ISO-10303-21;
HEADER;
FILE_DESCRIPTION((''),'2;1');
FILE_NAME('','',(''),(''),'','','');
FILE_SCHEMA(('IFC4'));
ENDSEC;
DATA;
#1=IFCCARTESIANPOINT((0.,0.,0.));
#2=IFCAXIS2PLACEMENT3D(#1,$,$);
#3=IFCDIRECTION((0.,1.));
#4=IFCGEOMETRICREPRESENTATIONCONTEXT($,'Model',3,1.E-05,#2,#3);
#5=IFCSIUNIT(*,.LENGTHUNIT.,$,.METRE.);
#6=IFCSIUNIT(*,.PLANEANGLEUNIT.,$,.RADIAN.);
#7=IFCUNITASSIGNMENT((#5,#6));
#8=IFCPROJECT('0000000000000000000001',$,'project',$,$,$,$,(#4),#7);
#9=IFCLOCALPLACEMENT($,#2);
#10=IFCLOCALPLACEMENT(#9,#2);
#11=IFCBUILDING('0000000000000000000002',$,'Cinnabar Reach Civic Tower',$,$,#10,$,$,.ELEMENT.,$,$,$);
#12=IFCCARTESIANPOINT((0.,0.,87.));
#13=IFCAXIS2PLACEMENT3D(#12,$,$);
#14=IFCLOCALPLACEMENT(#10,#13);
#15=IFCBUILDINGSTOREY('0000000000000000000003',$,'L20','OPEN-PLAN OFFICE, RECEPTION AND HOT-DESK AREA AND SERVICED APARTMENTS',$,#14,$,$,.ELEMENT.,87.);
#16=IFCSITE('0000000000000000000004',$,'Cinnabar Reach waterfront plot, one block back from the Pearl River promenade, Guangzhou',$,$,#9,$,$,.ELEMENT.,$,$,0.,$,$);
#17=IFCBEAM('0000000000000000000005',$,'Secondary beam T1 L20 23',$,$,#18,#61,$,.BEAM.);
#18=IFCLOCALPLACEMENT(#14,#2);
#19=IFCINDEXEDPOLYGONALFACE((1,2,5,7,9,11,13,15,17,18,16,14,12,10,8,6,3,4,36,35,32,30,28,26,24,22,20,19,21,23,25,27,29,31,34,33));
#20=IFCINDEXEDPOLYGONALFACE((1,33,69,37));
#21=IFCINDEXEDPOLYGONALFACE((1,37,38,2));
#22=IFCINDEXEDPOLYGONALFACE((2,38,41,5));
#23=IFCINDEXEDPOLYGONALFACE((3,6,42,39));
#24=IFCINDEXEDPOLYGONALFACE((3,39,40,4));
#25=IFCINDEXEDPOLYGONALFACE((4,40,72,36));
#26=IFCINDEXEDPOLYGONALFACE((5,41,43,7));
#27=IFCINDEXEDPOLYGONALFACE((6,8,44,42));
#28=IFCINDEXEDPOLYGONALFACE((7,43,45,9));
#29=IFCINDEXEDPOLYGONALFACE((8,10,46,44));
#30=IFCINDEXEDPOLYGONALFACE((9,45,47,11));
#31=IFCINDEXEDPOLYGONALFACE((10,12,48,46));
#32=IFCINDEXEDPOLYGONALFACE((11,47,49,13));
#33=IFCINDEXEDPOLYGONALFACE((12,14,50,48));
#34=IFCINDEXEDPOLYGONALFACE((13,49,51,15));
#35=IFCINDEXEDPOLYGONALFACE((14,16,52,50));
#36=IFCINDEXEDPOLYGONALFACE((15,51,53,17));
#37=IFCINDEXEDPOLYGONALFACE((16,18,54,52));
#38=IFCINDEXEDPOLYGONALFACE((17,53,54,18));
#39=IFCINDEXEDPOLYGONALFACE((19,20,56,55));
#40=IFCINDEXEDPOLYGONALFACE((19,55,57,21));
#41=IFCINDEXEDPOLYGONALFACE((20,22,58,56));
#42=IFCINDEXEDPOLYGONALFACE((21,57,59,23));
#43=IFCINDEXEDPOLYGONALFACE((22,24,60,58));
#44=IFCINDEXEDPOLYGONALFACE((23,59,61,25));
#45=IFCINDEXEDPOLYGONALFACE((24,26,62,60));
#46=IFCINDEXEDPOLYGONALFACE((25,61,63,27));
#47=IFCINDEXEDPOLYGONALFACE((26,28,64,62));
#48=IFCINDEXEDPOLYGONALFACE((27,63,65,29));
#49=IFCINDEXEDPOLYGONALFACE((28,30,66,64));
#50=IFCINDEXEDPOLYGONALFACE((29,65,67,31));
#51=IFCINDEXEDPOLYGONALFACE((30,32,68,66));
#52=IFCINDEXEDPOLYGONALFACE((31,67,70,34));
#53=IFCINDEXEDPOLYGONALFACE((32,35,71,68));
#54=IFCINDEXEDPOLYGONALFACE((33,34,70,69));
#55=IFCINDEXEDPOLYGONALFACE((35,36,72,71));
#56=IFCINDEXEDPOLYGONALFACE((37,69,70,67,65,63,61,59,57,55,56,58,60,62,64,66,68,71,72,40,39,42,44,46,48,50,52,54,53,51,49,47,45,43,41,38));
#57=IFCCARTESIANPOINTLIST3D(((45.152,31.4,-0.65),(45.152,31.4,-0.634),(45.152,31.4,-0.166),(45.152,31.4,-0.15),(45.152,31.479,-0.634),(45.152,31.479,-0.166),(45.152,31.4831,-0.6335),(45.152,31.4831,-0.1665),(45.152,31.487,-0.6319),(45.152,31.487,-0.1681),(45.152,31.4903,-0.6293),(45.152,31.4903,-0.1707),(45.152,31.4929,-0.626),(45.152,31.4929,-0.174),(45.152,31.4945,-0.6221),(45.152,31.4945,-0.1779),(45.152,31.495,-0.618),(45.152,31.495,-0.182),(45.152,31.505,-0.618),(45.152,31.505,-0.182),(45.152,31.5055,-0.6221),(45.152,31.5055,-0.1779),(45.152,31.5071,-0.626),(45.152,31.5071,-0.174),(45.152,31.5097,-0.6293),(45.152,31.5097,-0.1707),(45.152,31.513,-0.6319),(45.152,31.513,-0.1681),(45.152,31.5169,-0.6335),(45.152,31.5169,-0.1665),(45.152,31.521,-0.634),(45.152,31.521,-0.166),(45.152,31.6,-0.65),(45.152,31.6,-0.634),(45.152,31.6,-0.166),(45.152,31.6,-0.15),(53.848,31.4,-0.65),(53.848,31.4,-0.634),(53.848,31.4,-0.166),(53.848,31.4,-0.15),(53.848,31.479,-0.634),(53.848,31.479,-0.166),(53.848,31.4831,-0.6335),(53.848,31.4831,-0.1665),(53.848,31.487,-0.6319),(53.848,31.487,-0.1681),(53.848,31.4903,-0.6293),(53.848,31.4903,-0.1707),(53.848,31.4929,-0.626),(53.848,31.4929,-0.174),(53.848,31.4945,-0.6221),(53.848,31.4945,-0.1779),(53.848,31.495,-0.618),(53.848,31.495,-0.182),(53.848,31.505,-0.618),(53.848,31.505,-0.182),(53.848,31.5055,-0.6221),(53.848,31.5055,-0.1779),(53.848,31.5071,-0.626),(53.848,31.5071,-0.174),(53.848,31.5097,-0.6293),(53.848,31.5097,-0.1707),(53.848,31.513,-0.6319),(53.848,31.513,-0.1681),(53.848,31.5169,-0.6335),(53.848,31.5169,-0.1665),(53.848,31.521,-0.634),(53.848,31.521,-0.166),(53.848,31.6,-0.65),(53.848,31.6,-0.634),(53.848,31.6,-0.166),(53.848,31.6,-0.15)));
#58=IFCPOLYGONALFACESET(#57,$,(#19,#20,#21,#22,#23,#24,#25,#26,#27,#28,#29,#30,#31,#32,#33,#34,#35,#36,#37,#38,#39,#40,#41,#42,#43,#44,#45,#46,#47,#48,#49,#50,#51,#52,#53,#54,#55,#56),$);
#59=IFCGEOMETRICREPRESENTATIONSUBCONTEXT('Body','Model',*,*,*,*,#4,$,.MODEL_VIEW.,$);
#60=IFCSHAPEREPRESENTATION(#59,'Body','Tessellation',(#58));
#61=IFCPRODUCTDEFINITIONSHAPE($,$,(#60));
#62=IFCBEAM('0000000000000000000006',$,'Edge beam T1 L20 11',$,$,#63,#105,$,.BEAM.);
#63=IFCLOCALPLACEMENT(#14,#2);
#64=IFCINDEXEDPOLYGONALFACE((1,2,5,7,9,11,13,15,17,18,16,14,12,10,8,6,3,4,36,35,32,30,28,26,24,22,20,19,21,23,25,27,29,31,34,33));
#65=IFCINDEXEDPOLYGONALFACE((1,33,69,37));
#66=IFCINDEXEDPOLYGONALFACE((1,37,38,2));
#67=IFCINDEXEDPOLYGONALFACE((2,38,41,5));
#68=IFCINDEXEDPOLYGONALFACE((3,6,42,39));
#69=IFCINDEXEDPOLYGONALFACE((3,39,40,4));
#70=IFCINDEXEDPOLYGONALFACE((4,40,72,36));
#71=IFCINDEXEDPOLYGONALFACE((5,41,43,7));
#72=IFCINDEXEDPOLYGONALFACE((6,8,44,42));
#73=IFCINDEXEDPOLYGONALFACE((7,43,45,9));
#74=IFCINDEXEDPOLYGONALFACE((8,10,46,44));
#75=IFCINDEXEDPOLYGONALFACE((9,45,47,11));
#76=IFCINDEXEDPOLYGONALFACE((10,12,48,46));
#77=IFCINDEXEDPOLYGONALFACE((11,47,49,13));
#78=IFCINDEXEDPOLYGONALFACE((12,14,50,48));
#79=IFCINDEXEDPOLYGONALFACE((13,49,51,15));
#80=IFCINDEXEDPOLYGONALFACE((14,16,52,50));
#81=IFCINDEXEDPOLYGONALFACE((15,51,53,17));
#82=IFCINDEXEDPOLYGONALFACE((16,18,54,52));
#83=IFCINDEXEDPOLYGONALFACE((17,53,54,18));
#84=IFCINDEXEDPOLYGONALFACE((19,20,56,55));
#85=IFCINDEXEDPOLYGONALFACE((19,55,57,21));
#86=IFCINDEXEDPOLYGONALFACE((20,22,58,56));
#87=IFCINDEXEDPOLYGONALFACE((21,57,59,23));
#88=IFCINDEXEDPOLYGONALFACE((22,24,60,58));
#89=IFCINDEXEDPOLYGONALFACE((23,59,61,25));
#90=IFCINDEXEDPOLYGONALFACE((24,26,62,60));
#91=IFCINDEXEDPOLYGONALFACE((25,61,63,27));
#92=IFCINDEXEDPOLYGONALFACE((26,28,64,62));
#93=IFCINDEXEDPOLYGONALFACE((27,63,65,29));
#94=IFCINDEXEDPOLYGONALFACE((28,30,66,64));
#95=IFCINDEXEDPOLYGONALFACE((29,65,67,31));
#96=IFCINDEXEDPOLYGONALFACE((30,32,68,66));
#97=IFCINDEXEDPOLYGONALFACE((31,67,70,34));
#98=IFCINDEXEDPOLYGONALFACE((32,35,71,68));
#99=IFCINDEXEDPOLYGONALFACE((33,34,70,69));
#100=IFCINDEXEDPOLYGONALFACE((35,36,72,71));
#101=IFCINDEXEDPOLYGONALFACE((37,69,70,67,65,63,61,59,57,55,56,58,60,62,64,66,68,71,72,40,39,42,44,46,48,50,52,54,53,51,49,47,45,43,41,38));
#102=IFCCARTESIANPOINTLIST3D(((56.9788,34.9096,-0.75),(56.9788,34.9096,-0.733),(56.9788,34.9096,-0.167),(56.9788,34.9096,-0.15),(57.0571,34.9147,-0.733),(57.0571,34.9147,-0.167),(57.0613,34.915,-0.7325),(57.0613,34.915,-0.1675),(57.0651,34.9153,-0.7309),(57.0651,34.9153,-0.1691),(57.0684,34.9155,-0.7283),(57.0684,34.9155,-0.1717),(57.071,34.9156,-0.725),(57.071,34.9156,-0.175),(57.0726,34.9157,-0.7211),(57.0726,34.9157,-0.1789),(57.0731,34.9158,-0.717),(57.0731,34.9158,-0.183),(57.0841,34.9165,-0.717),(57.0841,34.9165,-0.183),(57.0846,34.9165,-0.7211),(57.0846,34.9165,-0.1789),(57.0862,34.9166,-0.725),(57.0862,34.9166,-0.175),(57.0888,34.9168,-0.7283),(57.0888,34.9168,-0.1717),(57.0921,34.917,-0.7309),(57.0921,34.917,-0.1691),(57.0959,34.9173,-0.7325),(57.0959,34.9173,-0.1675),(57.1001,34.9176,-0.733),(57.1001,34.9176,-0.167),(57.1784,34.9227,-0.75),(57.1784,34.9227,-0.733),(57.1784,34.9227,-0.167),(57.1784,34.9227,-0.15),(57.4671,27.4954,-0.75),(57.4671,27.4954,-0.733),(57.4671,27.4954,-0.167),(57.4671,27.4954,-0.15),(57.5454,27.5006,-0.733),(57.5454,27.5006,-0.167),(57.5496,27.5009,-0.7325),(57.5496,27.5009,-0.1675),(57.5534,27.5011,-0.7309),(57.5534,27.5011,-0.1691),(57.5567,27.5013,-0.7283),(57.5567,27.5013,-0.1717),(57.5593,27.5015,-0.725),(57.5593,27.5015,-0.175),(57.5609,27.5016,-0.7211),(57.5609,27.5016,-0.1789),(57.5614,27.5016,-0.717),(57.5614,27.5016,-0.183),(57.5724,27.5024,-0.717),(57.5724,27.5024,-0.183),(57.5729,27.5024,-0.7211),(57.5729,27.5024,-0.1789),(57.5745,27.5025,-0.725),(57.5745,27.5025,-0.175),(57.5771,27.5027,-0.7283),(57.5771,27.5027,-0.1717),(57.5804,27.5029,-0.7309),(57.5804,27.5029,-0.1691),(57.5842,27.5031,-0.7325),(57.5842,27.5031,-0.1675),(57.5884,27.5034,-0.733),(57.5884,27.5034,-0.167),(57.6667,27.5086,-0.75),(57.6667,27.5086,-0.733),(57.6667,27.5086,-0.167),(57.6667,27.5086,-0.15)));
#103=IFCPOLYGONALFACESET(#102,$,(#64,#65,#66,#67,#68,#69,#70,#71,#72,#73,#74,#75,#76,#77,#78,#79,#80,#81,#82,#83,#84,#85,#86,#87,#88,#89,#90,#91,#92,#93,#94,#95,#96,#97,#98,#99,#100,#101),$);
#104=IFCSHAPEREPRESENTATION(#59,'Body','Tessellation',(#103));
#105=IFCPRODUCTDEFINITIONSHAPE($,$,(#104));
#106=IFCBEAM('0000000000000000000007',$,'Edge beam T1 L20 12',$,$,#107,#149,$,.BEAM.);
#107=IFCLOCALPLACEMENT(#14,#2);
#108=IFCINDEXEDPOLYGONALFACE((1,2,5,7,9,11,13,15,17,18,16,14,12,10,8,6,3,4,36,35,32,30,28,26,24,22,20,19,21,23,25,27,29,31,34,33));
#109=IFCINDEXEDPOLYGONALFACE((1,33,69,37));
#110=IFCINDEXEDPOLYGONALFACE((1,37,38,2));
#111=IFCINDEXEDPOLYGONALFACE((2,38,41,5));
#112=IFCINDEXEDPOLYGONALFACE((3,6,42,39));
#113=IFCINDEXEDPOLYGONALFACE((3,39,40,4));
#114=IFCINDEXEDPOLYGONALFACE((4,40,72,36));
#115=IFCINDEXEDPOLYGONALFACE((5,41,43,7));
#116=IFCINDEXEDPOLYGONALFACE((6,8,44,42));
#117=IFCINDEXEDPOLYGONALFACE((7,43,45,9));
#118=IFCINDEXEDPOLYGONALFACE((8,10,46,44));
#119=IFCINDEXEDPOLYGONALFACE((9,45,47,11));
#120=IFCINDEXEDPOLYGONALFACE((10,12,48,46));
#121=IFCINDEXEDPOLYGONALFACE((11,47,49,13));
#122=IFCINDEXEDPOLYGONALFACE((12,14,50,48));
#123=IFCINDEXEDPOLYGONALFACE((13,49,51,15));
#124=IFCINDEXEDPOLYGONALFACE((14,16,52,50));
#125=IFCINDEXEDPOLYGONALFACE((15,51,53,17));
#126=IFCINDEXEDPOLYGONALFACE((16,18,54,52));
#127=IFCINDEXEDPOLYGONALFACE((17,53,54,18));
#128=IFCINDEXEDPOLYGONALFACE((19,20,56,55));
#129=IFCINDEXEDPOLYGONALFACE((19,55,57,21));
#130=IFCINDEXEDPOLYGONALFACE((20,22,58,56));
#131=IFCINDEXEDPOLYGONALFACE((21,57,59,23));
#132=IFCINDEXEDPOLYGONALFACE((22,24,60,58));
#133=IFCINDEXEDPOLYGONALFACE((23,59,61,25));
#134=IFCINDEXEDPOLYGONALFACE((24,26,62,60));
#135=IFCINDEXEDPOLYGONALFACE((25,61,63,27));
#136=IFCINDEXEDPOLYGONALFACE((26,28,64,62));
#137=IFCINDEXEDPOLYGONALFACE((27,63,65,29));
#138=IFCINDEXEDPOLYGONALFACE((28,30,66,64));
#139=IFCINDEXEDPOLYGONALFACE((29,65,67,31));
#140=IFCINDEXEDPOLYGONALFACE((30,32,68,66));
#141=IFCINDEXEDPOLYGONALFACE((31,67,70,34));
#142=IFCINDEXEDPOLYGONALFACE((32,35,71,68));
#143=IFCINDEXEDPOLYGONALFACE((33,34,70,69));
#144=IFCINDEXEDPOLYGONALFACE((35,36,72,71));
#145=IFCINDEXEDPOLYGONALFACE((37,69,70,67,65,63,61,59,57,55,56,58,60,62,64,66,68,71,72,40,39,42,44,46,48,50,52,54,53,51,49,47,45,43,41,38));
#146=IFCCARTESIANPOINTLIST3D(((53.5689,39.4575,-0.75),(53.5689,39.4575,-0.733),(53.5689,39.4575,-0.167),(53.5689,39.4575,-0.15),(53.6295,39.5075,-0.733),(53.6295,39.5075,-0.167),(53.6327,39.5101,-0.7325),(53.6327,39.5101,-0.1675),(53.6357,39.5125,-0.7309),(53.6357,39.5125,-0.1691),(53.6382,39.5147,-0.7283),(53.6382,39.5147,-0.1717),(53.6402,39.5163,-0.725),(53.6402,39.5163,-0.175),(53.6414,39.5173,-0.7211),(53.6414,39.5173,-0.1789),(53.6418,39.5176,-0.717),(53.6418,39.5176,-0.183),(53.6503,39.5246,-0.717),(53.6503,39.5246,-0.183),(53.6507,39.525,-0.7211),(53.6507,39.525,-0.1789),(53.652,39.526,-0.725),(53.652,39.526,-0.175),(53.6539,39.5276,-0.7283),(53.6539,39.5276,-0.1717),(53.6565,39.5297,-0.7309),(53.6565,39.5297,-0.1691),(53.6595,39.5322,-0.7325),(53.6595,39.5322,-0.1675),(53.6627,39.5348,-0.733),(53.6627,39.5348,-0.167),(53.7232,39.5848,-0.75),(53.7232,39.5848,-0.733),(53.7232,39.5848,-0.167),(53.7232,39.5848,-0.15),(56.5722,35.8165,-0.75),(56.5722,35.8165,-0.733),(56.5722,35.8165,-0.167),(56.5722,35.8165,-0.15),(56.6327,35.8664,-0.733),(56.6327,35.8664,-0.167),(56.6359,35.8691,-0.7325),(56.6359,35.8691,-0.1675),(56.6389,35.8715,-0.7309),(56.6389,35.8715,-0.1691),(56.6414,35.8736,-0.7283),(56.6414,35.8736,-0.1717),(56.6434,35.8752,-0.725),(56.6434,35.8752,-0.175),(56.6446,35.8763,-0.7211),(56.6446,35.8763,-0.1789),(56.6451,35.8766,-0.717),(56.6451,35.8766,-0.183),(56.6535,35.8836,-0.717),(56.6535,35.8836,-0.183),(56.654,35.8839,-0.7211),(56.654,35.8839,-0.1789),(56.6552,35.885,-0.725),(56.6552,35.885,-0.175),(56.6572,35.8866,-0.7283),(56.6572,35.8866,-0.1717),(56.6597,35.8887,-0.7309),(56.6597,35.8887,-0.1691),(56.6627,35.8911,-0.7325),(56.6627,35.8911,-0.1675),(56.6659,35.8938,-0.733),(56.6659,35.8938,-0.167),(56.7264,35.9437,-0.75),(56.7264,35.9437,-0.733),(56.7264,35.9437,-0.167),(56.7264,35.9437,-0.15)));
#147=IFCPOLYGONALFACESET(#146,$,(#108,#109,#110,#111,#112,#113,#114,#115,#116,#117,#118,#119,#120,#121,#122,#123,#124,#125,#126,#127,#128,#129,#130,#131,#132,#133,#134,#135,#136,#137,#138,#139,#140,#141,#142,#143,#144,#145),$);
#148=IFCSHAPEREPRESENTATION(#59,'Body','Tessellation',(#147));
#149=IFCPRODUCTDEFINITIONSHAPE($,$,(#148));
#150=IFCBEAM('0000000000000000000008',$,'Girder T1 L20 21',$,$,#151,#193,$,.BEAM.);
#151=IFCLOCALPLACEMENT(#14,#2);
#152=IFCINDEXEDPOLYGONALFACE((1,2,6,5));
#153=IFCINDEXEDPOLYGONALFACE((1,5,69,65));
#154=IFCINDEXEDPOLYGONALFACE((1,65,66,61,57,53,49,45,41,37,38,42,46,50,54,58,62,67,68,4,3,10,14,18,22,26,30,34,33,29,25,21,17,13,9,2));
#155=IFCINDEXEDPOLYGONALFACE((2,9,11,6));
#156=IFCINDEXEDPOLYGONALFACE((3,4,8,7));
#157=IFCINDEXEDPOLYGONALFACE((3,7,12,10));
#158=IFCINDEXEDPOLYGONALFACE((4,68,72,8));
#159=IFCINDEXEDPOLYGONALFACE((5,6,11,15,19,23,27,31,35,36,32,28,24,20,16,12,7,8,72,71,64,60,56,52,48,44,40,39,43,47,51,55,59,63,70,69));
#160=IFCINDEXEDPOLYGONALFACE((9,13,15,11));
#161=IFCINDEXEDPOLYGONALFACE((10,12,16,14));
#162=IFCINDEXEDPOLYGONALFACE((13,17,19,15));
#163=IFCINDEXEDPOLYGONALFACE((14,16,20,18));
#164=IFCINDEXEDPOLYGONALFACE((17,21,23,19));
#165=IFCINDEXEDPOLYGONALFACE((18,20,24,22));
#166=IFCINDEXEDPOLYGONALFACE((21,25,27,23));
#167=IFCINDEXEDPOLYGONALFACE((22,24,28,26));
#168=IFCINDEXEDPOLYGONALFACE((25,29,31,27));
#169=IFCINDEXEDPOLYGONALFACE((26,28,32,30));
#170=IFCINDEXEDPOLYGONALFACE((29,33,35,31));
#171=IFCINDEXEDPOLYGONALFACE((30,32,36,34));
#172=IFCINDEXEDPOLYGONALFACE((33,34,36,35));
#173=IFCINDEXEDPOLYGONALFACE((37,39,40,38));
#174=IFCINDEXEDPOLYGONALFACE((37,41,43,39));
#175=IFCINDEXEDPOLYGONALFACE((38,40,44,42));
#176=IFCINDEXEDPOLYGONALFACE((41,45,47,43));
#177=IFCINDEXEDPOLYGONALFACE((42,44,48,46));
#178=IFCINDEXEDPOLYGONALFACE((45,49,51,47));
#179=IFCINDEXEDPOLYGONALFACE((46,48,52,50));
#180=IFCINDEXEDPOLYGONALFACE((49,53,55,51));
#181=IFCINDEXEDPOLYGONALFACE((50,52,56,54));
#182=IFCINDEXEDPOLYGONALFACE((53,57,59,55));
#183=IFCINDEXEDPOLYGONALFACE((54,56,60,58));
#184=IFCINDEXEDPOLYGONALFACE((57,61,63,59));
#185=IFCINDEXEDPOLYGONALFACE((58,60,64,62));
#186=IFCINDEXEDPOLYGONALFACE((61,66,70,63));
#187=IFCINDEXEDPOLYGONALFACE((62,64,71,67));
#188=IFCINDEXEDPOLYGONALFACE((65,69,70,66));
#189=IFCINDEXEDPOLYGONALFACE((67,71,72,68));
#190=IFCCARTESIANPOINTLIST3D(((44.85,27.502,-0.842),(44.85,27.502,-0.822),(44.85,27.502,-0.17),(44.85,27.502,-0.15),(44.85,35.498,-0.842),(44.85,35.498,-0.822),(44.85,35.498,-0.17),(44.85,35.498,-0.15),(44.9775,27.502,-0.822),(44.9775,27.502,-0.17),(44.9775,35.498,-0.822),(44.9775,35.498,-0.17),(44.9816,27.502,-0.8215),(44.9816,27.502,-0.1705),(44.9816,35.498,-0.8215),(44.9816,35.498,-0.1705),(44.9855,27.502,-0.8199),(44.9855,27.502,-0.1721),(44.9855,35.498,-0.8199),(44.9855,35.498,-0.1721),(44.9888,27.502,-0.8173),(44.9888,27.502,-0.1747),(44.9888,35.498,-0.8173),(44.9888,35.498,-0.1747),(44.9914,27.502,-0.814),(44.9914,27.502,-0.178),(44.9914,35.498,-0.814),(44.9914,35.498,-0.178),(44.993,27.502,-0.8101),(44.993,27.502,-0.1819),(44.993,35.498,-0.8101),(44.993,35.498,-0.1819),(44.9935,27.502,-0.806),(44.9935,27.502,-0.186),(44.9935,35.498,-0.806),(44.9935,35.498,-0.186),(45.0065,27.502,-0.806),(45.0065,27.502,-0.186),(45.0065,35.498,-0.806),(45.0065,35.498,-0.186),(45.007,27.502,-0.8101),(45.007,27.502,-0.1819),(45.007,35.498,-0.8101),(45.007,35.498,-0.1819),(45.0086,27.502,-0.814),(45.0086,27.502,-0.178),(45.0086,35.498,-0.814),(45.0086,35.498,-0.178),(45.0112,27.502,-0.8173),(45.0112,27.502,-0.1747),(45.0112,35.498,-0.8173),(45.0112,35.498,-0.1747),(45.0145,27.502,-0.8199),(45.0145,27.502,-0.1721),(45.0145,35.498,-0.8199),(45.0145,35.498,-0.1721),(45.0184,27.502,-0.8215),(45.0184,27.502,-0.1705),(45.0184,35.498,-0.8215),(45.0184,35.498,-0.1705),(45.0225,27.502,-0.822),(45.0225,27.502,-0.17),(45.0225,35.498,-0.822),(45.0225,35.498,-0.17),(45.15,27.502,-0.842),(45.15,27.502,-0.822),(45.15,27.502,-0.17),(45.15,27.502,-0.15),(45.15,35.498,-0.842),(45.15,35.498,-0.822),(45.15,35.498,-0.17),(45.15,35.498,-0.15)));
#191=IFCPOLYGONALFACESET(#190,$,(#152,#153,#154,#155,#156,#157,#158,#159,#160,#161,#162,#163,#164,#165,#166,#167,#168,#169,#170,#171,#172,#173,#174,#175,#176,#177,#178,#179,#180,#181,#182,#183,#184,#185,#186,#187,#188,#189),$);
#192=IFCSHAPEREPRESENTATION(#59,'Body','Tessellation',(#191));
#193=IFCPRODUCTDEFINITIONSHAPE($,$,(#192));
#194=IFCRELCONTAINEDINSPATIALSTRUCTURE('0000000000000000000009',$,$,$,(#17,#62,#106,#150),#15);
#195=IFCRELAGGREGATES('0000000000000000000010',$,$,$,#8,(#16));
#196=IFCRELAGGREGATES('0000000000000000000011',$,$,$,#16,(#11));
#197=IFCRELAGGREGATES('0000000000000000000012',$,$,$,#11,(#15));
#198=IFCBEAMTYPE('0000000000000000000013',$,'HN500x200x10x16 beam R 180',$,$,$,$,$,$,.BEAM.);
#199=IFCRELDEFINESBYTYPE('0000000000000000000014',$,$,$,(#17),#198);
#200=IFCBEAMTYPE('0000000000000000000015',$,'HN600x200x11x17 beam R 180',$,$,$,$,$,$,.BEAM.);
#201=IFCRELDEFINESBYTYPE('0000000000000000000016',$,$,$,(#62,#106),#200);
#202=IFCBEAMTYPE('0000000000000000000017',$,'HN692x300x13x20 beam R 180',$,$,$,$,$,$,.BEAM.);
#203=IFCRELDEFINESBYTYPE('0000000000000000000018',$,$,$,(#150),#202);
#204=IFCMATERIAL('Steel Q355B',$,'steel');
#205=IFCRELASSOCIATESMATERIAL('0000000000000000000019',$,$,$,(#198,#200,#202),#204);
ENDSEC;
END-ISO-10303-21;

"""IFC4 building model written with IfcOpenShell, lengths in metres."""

from ifc_helpers import new_model, si_unit, direction, frame, origin, origin_2d, place, context, subcontext, project, spatial, i_section, extrude, material, material_profile, profile_set, type_object, element, save


model = new_model("IFC4")

# Units and contexts
model_context = context("Model", 3, precision=1e-05, world=origin(), true_north=direction((0.0, 1.0)))
body_context = subcontext(model_context, "Body", "Model", "MODEL_VIEW")
ifc_project = project(units=[si_unit("LENGTHUNIT", "METRE"), si_unit("PLANEANGLEUNIT", "RADIAN")], contexts=[model_context])

# Site, building, storey
site_placement = place(None, origin())
site = spatial("IfcSite", under=ifc_project, at=site_placement, Name="Cinnabar Reach waterfront plot, one block back from the Pearl River promenade, Guangzhou", CompositionType="ELEMENT", RefElevation=0.0)
building_placement = place(site_placement, origin())
building = spatial("IfcBuilding", under=site, at=building_placement, Name="Cinnabar Reach Civic Tower", CompositionType="ELEMENT")
storey_placement = place(building_placement, frame((0.0, 0.0, 87.0)))
storey = spatial("IfcBuildingStorey", under=building, at=storey_placement, Name="L20", Description="OPEN-PLAN OFFICE, RECEPTION AND HOT-DESK AREA AND SERVICED APARTMENTS", CompositionType="ELEMENT", Elevation=87.0)

# Beams
ifc_material_1 = material(Name="Steel Q355B", Category="steel")
ifc_material_profile_1 = material_profile(ifc_material_1, i_section(OverallWidth=0.2, OverallDepth=0.5, WebThickness=0.01, FlangeThickness=0.016, FilletRadius=0.016, at=origin_2d()), Name="HN500x200x10x16")
ifc_profile_set_1 = profile_set([ifc_material_profile_1], Name="Steel Q355B")
beam_type_1 = type_object("IfcBeamType", Name="HN500x200x10x16 beam R 180", PredefinedType="BEAM", material=ifc_profile_set_1)
beam_1_placement = place(storey_placement, frame((45.152, 31.5, -0.4), z_axis=(1.0, 0.0, 0.0), x_axis=(0.0, 1.0, 0.0)))
element("IfcBeam", 1, at=beam_1_placement, inside=storey, type_object=beam_type_1, Name="Secondary beam T1 L20 23", PredefinedType="BEAM", context=body_context, shape_type="SweptSolid", body=[
    extrude(i_section(OverallWidth=0.2, OverallDepth=0.5, WebThickness=0.01, FlangeThickness=0.016, FilletRadius=0.016, at=origin_2d()), origin(), (0.0, 0.0, 1.0), 8.696),
])
ifc_material_profile_2 = material_profile(ifc_material_1, i_section(OverallWidth=0.2, OverallDepth=0.6, WebThickness=0.011, FlangeThickness=0.017, FilletRadius=0.016, at=origin_2d()), Name="HN600x200x11x17")
ifc_profile_set_2 = profile_set([ifc_material_profile_2], Name="Steel Q355B")
beam_type_2 = type_object("IfcBeamType", Name="HN600x200x11x17 beam R 180", PredefinedType="BEAM", material=ifc_profile_set_2)
beam_2_placement = place(storey_placement, frame((57.5669, 27.502, -0.45), z_axis=(-0.065719, 0.997838, 0.0), x_axis=(-0.997838, -0.065719, 0.0)))
element("IfcBeam", 2, at=beam_2_placement, inside=storey, type_object=beam_type_2, Name="Edge beam T1 L20 11", PredefinedType="BEAM", context=body_context, shape_type="SweptSolid", body=[
    extrude(i_section(OverallWidth=0.2, OverallDepth=0.6, WebThickness=0.011, FlangeThickness=0.017, FilletRadius=0.016, at=origin_2d()), origin(), (0.0, 0.0, 1.0), 7.4302),
])
beam_3_placement = place(storey_placement, frame((56.6493, 35.8801, -0.45), z_axis=(-0.636304, 0.771438, 0.0), x_axis=(-0.771438, -0.636304, 0.0)))
element("IfcBeam", 3, at=beam_3_placement, inside=storey, type_object=beam_type_2, Name="Edge beam T1 L20 12", PredefinedType="BEAM", context=body_context, shape_type="SweptSolid", body=[
    extrude(i_section(OverallWidth=0.2, OverallDepth=0.6, WebThickness=0.011, FlangeThickness=0.017, FilletRadius=0.016, at=origin_2d()), origin(), (0.0, 0.0, 1.0), 4.7198),
])
ifc_material_profile_3 = material_profile(ifc_material_1, i_section(OverallWidth=0.3, OverallDepth=0.692, WebThickness=0.013, FlangeThickness=0.02, FilletRadius=0.016, at=origin_2d()), Name="HN692x300x13x20")
ifc_profile_set_3 = profile_set([ifc_material_profile_3], Name="Steel Q355B")
beam_type_3 = type_object("IfcBeamType", Name="HN692x300x13x20 beam R 180", PredefinedType="BEAM", material=ifc_profile_set_3)
for number, where, z_axis, x_axis, name in (
    (4, (45.0, 27.502, -0.496), (0.0, 1.0, 0.0), (-1.0, 0.0, 0.0), "Girder T1 L20 21"),
):
    element("IfcBeam", number, at=place(storey_placement, frame(where, z_axis=z_axis, x_axis=x_axis)), inside=storey, type_object=beam_type_3, Name=name, PredefinedType="BEAM", context=body_context, shape_type="SweptSolid", body=[
        extrude(i_section(OverallWidth=0.3, OverallDepth=0.692, WebThickness=0.013, FlangeThickness=0.02, FilletRadius=0.016, at=origin_2d()), origin(), (0.0, 0.0, 1.0), 7.996),
    ])

save(model, "model.ifc")
